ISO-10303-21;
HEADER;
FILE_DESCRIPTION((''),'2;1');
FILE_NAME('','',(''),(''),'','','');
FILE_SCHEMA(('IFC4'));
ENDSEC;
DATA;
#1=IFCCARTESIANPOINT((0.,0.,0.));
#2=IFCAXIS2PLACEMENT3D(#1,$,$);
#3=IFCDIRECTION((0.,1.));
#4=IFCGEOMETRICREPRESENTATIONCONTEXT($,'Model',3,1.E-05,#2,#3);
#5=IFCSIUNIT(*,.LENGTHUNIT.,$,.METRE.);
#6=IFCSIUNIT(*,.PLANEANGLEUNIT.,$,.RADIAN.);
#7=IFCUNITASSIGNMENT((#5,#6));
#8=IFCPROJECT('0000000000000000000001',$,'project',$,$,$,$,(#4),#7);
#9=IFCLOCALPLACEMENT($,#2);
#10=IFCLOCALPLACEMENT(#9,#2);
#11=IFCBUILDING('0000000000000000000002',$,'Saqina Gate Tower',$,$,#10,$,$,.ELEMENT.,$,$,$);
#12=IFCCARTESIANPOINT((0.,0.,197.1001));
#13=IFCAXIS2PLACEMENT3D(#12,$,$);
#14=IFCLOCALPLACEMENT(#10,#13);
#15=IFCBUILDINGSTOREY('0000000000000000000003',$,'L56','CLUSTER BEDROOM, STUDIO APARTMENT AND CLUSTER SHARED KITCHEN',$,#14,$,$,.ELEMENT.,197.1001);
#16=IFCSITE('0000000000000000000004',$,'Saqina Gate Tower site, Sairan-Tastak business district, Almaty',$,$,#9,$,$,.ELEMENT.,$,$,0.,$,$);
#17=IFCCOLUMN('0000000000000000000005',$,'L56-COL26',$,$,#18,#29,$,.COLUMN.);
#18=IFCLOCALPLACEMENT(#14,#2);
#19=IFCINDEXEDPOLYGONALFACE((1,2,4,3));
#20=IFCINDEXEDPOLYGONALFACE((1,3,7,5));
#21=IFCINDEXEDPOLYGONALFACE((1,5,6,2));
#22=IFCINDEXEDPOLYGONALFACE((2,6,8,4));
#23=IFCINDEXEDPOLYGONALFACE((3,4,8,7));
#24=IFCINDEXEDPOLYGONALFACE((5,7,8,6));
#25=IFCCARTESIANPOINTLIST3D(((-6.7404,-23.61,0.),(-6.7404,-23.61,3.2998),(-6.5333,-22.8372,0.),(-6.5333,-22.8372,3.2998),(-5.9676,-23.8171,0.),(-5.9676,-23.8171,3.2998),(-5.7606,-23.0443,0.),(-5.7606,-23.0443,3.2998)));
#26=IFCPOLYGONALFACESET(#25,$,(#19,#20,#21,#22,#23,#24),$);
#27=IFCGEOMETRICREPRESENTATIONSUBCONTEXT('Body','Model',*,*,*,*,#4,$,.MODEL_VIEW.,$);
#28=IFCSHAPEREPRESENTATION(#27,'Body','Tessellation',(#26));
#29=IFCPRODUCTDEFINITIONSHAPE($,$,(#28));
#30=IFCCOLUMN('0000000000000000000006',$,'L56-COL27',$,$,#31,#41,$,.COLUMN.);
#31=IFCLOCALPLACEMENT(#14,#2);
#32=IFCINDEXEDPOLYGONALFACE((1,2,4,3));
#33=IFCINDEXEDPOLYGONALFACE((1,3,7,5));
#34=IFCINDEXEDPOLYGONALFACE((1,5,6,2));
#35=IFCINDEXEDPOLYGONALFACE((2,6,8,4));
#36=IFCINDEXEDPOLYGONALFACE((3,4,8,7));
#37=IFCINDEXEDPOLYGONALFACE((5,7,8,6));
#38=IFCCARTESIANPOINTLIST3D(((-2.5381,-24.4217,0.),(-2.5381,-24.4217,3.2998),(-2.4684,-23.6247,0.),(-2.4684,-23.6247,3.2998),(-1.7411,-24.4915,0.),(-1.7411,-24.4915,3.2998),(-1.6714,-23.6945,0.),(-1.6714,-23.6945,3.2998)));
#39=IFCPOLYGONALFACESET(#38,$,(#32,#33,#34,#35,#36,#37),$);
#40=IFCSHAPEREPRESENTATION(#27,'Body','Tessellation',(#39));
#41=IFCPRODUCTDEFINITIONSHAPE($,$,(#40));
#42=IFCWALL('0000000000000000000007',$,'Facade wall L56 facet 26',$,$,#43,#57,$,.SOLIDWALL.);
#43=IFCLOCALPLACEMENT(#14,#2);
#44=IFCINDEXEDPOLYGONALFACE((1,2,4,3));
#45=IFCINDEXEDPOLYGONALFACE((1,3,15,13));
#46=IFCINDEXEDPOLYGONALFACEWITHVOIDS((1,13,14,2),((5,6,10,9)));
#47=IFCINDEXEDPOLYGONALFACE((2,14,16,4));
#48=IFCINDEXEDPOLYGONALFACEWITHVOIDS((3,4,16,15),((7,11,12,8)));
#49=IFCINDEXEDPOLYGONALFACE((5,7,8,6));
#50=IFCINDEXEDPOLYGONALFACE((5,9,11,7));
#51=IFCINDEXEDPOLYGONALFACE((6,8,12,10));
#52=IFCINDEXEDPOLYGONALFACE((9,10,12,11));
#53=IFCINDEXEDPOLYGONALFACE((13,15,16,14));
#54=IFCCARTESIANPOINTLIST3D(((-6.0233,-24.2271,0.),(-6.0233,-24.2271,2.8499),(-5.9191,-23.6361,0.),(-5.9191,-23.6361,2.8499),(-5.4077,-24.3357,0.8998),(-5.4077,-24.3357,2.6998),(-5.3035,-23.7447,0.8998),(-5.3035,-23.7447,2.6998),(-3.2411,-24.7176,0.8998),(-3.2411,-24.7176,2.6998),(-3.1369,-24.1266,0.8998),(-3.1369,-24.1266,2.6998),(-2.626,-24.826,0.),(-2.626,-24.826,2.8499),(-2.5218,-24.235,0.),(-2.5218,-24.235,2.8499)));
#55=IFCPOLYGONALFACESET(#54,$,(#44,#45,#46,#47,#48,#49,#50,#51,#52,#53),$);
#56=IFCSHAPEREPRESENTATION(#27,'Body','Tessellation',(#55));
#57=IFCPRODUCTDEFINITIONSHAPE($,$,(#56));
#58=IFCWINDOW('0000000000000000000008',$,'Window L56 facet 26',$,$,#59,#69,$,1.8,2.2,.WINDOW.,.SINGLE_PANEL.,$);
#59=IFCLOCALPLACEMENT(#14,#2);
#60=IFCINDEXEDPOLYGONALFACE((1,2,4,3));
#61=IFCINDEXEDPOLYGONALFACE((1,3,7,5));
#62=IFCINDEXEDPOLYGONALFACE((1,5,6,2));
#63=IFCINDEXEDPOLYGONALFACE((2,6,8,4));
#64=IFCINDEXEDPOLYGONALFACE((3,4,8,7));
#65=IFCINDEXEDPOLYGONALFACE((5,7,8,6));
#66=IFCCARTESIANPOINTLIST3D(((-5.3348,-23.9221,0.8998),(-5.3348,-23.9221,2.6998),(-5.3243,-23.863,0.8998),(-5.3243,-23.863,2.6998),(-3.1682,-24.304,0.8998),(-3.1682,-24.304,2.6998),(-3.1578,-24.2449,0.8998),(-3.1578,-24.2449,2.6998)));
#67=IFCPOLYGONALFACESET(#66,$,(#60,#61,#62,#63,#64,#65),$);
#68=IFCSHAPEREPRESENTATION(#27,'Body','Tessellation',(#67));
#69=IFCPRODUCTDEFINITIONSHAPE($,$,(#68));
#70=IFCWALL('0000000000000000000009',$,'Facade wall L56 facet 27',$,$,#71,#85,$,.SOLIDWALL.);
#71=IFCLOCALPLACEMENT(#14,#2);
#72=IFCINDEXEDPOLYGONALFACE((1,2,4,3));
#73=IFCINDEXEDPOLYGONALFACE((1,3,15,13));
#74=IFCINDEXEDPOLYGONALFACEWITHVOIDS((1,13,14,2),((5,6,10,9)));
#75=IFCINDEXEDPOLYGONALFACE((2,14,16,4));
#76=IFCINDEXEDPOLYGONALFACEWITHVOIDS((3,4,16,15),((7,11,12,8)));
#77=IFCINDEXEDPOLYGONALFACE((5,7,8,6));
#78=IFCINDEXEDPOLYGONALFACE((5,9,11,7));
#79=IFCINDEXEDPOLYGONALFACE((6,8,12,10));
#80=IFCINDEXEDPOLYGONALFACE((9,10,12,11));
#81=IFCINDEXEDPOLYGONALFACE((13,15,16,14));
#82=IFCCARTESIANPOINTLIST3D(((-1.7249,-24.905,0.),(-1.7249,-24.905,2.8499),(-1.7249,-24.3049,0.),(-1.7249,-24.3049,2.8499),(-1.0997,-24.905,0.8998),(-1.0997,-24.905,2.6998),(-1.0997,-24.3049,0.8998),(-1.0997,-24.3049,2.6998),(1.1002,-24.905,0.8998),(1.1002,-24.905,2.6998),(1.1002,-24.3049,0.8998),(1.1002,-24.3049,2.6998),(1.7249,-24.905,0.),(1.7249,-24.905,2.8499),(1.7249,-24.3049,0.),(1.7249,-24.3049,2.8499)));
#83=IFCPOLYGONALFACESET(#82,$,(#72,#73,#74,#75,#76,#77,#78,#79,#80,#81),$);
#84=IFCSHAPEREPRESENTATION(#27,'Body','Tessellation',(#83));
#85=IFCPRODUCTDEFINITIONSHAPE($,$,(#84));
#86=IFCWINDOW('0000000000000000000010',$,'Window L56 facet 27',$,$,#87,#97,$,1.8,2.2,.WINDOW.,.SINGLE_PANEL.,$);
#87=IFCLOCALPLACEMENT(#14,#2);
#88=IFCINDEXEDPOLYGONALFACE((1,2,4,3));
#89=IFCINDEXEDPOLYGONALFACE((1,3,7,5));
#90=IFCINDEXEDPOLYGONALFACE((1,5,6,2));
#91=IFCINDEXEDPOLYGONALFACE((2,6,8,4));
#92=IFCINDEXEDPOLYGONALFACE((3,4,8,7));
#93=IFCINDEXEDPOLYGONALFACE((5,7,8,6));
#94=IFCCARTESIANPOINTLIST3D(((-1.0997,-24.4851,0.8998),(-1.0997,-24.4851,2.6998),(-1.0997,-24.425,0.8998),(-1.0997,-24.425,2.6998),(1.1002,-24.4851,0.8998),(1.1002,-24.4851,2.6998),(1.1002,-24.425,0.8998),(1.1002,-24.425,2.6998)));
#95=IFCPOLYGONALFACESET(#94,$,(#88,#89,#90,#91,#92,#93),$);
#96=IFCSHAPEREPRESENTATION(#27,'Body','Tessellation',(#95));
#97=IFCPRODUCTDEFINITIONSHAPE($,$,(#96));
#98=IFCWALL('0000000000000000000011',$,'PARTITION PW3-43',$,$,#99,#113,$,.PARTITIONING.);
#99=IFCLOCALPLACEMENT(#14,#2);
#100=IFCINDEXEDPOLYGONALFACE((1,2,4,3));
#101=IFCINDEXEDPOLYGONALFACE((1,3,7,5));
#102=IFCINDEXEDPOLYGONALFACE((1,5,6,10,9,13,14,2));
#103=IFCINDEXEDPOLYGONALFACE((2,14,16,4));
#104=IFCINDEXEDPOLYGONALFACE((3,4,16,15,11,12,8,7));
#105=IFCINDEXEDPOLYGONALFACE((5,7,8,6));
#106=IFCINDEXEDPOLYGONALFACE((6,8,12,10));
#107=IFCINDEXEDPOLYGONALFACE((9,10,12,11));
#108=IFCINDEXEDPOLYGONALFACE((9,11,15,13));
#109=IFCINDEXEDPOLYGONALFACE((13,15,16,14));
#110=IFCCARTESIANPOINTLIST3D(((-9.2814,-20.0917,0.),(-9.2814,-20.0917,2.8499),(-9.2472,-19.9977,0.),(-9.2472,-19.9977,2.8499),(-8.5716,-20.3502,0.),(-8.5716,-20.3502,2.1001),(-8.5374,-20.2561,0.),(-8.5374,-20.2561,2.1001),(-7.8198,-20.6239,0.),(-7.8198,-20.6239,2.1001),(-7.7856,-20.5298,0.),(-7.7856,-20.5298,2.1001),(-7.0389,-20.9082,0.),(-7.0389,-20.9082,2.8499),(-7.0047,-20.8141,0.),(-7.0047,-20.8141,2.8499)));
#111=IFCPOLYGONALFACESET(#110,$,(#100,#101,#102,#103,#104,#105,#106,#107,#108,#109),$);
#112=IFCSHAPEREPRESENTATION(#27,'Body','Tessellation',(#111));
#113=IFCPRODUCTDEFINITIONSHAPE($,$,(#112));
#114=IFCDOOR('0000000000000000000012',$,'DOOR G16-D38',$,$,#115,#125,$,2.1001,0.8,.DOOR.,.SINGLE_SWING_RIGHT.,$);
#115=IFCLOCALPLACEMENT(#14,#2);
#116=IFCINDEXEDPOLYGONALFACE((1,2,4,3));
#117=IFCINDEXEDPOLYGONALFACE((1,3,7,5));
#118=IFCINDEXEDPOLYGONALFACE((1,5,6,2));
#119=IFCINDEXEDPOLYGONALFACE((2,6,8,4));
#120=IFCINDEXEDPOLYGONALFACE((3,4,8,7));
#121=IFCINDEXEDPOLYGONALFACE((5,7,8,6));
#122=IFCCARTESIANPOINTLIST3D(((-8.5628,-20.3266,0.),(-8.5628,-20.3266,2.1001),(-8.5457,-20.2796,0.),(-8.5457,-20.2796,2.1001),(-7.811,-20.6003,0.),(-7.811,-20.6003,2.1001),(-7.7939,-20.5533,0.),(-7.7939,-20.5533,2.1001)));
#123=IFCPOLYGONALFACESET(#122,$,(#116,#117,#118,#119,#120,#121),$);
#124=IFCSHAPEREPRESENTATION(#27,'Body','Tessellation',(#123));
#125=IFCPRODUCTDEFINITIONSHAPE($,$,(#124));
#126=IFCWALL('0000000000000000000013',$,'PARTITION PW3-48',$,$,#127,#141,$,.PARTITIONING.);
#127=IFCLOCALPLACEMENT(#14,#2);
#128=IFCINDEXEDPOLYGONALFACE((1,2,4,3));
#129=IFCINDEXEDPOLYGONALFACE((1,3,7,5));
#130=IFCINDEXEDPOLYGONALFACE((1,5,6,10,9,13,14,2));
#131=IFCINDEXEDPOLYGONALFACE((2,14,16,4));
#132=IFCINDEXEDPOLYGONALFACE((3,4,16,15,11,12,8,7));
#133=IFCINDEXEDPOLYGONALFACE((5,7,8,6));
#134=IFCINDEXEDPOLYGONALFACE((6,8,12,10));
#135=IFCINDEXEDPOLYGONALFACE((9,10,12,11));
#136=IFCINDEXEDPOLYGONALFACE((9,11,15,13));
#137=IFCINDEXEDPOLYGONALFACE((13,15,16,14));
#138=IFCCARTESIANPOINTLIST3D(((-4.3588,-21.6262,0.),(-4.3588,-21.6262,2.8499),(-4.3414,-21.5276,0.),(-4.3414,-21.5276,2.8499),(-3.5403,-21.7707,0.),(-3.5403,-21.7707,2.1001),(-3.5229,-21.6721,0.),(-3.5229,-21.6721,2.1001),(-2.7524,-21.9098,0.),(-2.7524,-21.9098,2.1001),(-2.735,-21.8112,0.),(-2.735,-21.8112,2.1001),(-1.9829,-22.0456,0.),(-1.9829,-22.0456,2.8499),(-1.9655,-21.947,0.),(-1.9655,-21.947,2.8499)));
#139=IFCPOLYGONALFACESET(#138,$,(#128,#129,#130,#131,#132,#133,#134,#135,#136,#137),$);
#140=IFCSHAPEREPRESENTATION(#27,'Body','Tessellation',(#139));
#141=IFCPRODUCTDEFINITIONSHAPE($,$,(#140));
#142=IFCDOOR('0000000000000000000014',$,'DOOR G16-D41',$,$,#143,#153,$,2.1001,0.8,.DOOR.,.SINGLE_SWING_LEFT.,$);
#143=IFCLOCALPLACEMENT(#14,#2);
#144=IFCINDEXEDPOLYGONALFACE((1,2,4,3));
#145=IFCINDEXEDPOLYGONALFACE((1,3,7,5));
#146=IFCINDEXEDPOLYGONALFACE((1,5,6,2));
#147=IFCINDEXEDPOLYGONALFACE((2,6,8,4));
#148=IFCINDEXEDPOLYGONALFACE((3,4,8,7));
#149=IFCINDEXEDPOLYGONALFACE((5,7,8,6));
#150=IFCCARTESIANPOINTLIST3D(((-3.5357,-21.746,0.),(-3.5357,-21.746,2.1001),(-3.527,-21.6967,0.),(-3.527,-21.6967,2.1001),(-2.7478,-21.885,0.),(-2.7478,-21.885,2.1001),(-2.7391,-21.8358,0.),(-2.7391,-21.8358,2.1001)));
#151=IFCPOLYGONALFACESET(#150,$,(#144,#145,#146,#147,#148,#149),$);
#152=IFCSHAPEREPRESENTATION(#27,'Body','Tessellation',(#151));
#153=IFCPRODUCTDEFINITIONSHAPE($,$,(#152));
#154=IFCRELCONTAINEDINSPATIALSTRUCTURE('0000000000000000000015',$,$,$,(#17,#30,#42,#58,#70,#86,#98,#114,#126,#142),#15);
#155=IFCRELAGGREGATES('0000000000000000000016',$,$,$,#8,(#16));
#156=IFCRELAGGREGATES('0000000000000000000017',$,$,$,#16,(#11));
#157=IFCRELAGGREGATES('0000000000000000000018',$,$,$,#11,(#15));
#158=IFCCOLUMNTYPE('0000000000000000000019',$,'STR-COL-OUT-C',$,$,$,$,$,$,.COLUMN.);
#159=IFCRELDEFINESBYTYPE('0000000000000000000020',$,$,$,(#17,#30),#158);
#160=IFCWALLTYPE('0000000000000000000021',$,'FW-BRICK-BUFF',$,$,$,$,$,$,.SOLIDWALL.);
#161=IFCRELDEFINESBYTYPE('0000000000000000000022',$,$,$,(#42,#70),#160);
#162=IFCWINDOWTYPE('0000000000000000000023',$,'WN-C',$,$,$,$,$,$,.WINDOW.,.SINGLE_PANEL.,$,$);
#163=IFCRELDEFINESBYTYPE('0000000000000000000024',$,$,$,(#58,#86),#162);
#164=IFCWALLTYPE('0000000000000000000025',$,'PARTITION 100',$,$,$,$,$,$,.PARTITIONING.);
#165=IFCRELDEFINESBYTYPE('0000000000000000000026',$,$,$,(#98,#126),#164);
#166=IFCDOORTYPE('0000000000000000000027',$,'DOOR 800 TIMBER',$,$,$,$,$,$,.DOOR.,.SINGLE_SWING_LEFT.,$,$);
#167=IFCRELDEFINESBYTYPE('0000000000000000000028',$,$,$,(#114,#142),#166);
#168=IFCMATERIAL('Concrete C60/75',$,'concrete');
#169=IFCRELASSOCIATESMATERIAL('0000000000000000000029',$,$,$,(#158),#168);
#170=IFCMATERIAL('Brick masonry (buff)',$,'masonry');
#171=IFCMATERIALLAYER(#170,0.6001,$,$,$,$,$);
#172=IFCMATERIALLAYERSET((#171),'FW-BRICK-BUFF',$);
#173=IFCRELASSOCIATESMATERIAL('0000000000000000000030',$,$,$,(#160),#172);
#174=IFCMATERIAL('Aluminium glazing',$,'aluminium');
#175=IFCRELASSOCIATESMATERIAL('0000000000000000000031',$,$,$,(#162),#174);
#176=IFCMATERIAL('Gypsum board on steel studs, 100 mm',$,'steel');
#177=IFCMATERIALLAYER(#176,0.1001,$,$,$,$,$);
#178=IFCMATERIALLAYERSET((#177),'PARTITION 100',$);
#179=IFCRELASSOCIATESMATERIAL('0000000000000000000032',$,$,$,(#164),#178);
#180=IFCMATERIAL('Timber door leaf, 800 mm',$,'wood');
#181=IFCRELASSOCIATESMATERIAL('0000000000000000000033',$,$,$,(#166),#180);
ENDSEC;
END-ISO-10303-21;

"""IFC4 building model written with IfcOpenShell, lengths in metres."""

from ifc_helpers import new_model, si_unit, direction, frame, frame_2d, origin, origin_2d, place, context, subcontext, project, spatial, rectangle, extrude, material, layer, layer_set, material_profile, profile_set, type_object, element, fill, save


model = new_model("IFC4")

# Units and contexts
model_context = context("Model", 3, precision=1e-05, world=origin(), true_north=direction((0.0, 1.0)))
body_context = subcontext(model_context, "Body", "Model", "MODEL_VIEW")
ifc_project = project(units=[si_unit("LENGTHUNIT", "METRE"), si_unit("PLANEANGLEUNIT", "RADIAN")], contexts=[model_context])

# Site, building, storey
site_placement = place(None, origin())
site = spatial("IfcSite", under=ifc_project, at=site_placement, Name="Saqina Gate Tower site, Sairan-Tastak business district, Almaty", CompositionType="ELEMENT", RefElevation=0.0)
building_placement = place(site_placement, origin())
building = spatial("IfcBuilding", under=site, at=building_placement, Name="Saqina Gate Tower", CompositionType="ELEMENT")
storey_placement = place(building_placement, frame((0.0, 0.0, 197.1001)))
storey = spatial("IfcBuildingStorey", under=building, at=storey_placement, Name="L56", Description="CLUSTER BEDROOM, STUDIO APARTMENT AND CLUSTER SHARED KITCHEN", CompositionType="ELEMENT", Elevation=197.1001)

# Columns
ifc_material_1 = material(Name="Concrete C60/75", Category="concrete")
ifc_material_profile = material_profile(ifc_material_1, rectangle(XDim=0.8, YDim=0.8, at=origin_2d()), Name="RC 800x800")
ifc_profile_set = profile_set([ifc_material_profile], Name="Concrete C60/75")
column_type = type_object("IfcColumnType", Name="STR-COL-OUT-C", PredefinedType="COLUMN", material=ifc_profile_set)
for number, where, z_axis, x_axis, name in (
    (1, (-6.2505, -23.3271, 0.0), (0.0, 0.0, 1.0), (-0.258819, -0.965926, 0.0), "L56-COL26"),
    (2, (-2.1047, -24.0581, 0.0), (0.0, 0.0, 1.0), (-0.087156, -0.996195, 0.0), "L56-COL27"),
):
    element("IfcColumn", number, at=place(storey_placement, frame(where, z_axis=z_axis, x_axis=x_axis)), inside=storey, type_object=column_type, Name=name, PredefinedType="COLUMN", context=body_context, shape_type="SweptSolid", body=[
        extrude(rectangle(XDim=0.8, YDim=0.8, at=origin_2d()), origin(), (0.0, 0.0, 1.0), 3.2998),
    ])

# Walls, openings, windows
ifc_material_2 = material(Name="Brick masonry (buff)", Category="masonry")
ifc_layer_1 = layer(ifc_material_2, 0.6001)
ifc_layer_set_1 = layer_set([ifc_layer_1], Name="FW-BRICK-BUFF")
wall_type_1 = type_object("IfcWallType", Name="FW-BRICK-BUFF", PredefinedType="SOLIDWALL", material=ifc_layer_set_1)
wall_1_placement = place(storey_placement, frame((-5.9712, -23.9316, 0.0), z_axis=(0.0, 0.0, 1.0), x_axis=(0.984815, -0.173608, 0.0)))
wall_1 = element("IfcWall", 3, at=wall_1_placement, inside=storey, type_object=wall_type_1, Name="Facade wall L56 facet 26", PredefinedType="SOLIDWALL", context=body_context, shape_type="SweptSolid", body=[
    extrude(rectangle(XDim=3.4497, YDim=0.6001, at=frame_2d((1.7249, 0.0))), origin(), (0.0, 0.0, 1.0), 2.8499),
])
opening_1_placement = place(wall_1_placement, frame((0.625, 0.0, 0.8999)))
opening_1 = element("IfcOpeningElement", 4, at=opening_1_placement, cuts=wall_1, PredefinedType="OPENING", context=body_context, shape_type="SweptSolid", body=[
    extrude(rectangle(XDim=2.2, YDim=1.8, at=frame_2d((1.1001, 0.8999))), frame((0.0, 0.312, 0.0), z_axis=(0.0, -1.0, 0.0), x_axis=(1.0, 0.0, 0.0)), (0.0, 0.0, 1.0), 0.624),
])
ifc_material_3 = material(Name="Aluminium glazing", Category="aluminium")
window_type = type_object("IfcWindowType", Name="WN-C", PartitioningType="SINGLE_PANEL", PredefinedType="WINDOW", material=ifc_material_3)
window_1_placement = place(opening_1_placement, origin())
window_1 = element("IfcWindow", 5, at=window_1_placement, inside=storey, type_object=window_type, Name="Window L56 facet 26", OverallHeight=1.8, OverallWidth=2.2, PartitioningType="SINGLE_PANEL", PredefinedType="WINDOW", context=body_context, shape_type="SweptSolid", body=[
    extrude(rectangle(XDim=2.2, YDim=1.8, at=frame_2d((1.1001, 0.8999))), frame((0.0, 0.1799, 0.0), z_axis=(0.0, -1.0, 0.0), x_axis=(1.0, 0.0, 0.0)), (0.0, 0.0, 1.0), 0.0601),
])
fill(opening_1, window_1)
wall_2_placement = place(storey_placement, frame((-1.7249, -24.605, 0.0), z_axis=(0.0, 0.0, 1.0), x_axis=(1.0, 0.0, 0.0)))
wall_2 = element("IfcWall", 6, at=wall_2_placement, inside=storey, type_object=wall_type_1, Name="Facade wall L56 facet 27", PredefinedType="SOLIDWALL", context=body_context, shape_type="SweptSolid", body=[
    extrude(rectangle(XDim=3.4497, YDim=0.6001, at=frame_2d((1.7249, 0.0))), origin(), (0.0, 0.0, 1.0), 2.8499),
])
opening_2_placement = place(wall_2_placement, frame((0.625, 0.0, 0.8999)))
opening_2 = element("IfcOpeningElement", 7, at=opening_2_placement, cuts=wall_2, PredefinedType="OPENING", context=body_context, shape_type="SweptSolid", body=[
    extrude(rectangle(XDim=2.2, YDim=1.8, at=frame_2d((1.1001, 0.8999))), frame((0.0, 0.312, 0.0), z_axis=(0.0, -1.0, 0.0), x_axis=(1.0, 0.0, 0.0)), (0.0, 0.0, 1.0), 0.624),
])
window_2_placement = place(opening_2_placement, origin())
window_2 = element("IfcWindow", 8, at=window_2_placement, inside=storey, type_object=window_type, Name="Window L56 facet 27", OverallHeight=1.8, OverallWidth=2.2, PartitioningType="SINGLE_PANEL", PredefinedType="WINDOW", context=body_context, shape_type="SweptSolid", body=[
    extrude(rectangle(XDim=2.2, YDim=1.8, at=frame_2d((1.1001, 0.8999))), frame((0.0, 0.1799, 0.0), z_axis=(0.0, -1.0, 0.0), x_axis=(1.0, 0.0, 0.0)), (0.0, 0.0, 1.0), 0.0601),
])
fill(opening_2, window_2)

# Walls, openings, doors
ifc_material_4 = material(Name="Gypsum board on steel studs, 100 mm", Category="steel")
ifc_layer_2 = layer(ifc_material_4, 0.1001)
ifc_layer_set_2 = layer_set([ifc_layer_2], Name="PARTITION 100")
wall_type_2 = type_object("IfcWallType", Name="PARTITION 100", PredefinedType="PARTITIONING", material=ifc_layer_set_2)
wall_3_placement = place(storey_placement, frame((-9.2644, -20.0447, 0.0), z_axis=(0.0, 0.0, 1.0), x_axis=(0.939662, -0.342104, 0.0)))
wall_3 = element("IfcWall", 9, at=wall_3_placement, inside=storey, type_object=wall_type_2, Name="PARTITION PW3-43", PredefinedType="PARTITIONING", context=body_context, shape_type="SweptSolid", body=[
    extrude(rectangle(XDim=2.3865, YDim=0.1001, at=frame_2d((1.1934, 0.0))), origin(), (0.0, 0.0, 1.0), 2.8499),
])
opening_3_placement = place(wall_3_placement, frame((0.7556, 0.0, 0.0)))
opening_3 = element("IfcOpeningElement", 10, at=opening_3_placement, cuts=wall_3, PredefinedType="OPENING", context=body_context, shape_type="SweptSolid", body=[
    extrude(rectangle(XDim=0.8, YDim=2.1001, at=frame_2d((0.3999, 1.05))), frame((0.0, 0.062, 0.0), z_axis=(0.0, -1.0, 0.0), x_axis=(1.0, 0.0, 0.0)), (0.0, 0.0, 1.0), 0.124),
])
ifc_material_5 = material(Name="Timber door leaf, 800 mm", Category="wood")
door_type_1 = type_object("IfcDoorType", Name="DOOR 800 TIMBER", OperationType="SINGLE_SWING_LEFT", PredefinedType="DOOR", material=ifc_material_5)
door_1_placement = place(opening_3_placement, frame((0.8, 0.0, 0.0), z_axis=(0.0, 0.0, 1.0), x_axis=(-1.0, 0.0, 0.0)))
door_1 = element("IfcDoor", 11, at=door_1_placement, inside=storey, type_object=door_type_1, Name="DOOR G16-D38", OperationType="SINGLE_SWING_RIGHT", OverallHeight=2.1001, OverallWidth=0.8, PredefinedType="DOOR", context=body_context, shape_type="SweptSolid", body=[
    extrude(rectangle(XDim=0.8, YDim=2.1001, at=frame_2d((0.3999, 1.05))), frame((0.0, 0.0249, 0.0), z_axis=(0.0, -1.0, 0.0), x_axis=(1.0, 0.0, 0.0)), (0.0, 0.0, 1.0), 0.05),
])
fill(opening_3, door_1)
wall_4_placement = place(storey_placement, frame((-4.3501, -21.5769, 0.0), z_axis=(0.0, 0.0, 1.0), x_axis=(0.984773, -0.173843, 0.0)))
wall_4 = element("IfcWall", 12, at=wall_4_placement, inside=storey, type_object=wall_type_2, Name="PARTITION PW3-48", PredefinedType="PARTITIONING", context=body_context, shape_type="SweptSolid", body=[
    extrude(rectangle(XDim=2.4126, YDim=0.1001, at=frame_2d((1.2063, 0.0))), origin(), (0.0, 0.0, 1.0), 2.8499),
])
opening_4_placement = place(wall_4_placement, frame((0.8313, 0.0, 0.0)))
opening_4 = element("IfcOpeningElement", 13, at=opening_4_placement, cuts=wall_4, PredefinedType="OPENING", context=body_context, shape_type="SweptSolid", body=[
    extrude(rectangle(XDim=0.8, YDim=2.1001, at=frame_2d((0.3999, 1.05))), frame((0.0, 0.062, 0.0), z_axis=(0.0, -1.0, 0.0), x_axis=(1.0, 0.0, 0.0)), (0.0, 0.0, 1.0), 0.124),
])
door_2_placement = place(opening_4_placement, frame((0.8, 0.0, 0.0), z_axis=(0.0, 0.0, 1.0), x_axis=(-1.0, 0.0, 0.0)))
door_2 = element("IfcDoor", 14, at=door_2_placement, inside=storey, type_object=door_type_1, Name="DOOR G16-D41", OperationType="SINGLE_SWING_LEFT", OverallHeight=2.1001, OverallWidth=0.8, PredefinedType="DOOR", context=body_context, shape_type="SweptSolid", body=[
    extrude(rectangle(XDim=0.8, YDim=2.1001, at=frame_2d((0.3999, 1.05))), frame((0.0, 0.0249, 0.0), z_axis=(0.0, -1.0, 0.0), x_axis=(1.0, 0.0, 0.0)), (0.0, 0.0, 1.0), 0.05),
])
fill(opening_4, door_2)

save(model, "model.ifc")
